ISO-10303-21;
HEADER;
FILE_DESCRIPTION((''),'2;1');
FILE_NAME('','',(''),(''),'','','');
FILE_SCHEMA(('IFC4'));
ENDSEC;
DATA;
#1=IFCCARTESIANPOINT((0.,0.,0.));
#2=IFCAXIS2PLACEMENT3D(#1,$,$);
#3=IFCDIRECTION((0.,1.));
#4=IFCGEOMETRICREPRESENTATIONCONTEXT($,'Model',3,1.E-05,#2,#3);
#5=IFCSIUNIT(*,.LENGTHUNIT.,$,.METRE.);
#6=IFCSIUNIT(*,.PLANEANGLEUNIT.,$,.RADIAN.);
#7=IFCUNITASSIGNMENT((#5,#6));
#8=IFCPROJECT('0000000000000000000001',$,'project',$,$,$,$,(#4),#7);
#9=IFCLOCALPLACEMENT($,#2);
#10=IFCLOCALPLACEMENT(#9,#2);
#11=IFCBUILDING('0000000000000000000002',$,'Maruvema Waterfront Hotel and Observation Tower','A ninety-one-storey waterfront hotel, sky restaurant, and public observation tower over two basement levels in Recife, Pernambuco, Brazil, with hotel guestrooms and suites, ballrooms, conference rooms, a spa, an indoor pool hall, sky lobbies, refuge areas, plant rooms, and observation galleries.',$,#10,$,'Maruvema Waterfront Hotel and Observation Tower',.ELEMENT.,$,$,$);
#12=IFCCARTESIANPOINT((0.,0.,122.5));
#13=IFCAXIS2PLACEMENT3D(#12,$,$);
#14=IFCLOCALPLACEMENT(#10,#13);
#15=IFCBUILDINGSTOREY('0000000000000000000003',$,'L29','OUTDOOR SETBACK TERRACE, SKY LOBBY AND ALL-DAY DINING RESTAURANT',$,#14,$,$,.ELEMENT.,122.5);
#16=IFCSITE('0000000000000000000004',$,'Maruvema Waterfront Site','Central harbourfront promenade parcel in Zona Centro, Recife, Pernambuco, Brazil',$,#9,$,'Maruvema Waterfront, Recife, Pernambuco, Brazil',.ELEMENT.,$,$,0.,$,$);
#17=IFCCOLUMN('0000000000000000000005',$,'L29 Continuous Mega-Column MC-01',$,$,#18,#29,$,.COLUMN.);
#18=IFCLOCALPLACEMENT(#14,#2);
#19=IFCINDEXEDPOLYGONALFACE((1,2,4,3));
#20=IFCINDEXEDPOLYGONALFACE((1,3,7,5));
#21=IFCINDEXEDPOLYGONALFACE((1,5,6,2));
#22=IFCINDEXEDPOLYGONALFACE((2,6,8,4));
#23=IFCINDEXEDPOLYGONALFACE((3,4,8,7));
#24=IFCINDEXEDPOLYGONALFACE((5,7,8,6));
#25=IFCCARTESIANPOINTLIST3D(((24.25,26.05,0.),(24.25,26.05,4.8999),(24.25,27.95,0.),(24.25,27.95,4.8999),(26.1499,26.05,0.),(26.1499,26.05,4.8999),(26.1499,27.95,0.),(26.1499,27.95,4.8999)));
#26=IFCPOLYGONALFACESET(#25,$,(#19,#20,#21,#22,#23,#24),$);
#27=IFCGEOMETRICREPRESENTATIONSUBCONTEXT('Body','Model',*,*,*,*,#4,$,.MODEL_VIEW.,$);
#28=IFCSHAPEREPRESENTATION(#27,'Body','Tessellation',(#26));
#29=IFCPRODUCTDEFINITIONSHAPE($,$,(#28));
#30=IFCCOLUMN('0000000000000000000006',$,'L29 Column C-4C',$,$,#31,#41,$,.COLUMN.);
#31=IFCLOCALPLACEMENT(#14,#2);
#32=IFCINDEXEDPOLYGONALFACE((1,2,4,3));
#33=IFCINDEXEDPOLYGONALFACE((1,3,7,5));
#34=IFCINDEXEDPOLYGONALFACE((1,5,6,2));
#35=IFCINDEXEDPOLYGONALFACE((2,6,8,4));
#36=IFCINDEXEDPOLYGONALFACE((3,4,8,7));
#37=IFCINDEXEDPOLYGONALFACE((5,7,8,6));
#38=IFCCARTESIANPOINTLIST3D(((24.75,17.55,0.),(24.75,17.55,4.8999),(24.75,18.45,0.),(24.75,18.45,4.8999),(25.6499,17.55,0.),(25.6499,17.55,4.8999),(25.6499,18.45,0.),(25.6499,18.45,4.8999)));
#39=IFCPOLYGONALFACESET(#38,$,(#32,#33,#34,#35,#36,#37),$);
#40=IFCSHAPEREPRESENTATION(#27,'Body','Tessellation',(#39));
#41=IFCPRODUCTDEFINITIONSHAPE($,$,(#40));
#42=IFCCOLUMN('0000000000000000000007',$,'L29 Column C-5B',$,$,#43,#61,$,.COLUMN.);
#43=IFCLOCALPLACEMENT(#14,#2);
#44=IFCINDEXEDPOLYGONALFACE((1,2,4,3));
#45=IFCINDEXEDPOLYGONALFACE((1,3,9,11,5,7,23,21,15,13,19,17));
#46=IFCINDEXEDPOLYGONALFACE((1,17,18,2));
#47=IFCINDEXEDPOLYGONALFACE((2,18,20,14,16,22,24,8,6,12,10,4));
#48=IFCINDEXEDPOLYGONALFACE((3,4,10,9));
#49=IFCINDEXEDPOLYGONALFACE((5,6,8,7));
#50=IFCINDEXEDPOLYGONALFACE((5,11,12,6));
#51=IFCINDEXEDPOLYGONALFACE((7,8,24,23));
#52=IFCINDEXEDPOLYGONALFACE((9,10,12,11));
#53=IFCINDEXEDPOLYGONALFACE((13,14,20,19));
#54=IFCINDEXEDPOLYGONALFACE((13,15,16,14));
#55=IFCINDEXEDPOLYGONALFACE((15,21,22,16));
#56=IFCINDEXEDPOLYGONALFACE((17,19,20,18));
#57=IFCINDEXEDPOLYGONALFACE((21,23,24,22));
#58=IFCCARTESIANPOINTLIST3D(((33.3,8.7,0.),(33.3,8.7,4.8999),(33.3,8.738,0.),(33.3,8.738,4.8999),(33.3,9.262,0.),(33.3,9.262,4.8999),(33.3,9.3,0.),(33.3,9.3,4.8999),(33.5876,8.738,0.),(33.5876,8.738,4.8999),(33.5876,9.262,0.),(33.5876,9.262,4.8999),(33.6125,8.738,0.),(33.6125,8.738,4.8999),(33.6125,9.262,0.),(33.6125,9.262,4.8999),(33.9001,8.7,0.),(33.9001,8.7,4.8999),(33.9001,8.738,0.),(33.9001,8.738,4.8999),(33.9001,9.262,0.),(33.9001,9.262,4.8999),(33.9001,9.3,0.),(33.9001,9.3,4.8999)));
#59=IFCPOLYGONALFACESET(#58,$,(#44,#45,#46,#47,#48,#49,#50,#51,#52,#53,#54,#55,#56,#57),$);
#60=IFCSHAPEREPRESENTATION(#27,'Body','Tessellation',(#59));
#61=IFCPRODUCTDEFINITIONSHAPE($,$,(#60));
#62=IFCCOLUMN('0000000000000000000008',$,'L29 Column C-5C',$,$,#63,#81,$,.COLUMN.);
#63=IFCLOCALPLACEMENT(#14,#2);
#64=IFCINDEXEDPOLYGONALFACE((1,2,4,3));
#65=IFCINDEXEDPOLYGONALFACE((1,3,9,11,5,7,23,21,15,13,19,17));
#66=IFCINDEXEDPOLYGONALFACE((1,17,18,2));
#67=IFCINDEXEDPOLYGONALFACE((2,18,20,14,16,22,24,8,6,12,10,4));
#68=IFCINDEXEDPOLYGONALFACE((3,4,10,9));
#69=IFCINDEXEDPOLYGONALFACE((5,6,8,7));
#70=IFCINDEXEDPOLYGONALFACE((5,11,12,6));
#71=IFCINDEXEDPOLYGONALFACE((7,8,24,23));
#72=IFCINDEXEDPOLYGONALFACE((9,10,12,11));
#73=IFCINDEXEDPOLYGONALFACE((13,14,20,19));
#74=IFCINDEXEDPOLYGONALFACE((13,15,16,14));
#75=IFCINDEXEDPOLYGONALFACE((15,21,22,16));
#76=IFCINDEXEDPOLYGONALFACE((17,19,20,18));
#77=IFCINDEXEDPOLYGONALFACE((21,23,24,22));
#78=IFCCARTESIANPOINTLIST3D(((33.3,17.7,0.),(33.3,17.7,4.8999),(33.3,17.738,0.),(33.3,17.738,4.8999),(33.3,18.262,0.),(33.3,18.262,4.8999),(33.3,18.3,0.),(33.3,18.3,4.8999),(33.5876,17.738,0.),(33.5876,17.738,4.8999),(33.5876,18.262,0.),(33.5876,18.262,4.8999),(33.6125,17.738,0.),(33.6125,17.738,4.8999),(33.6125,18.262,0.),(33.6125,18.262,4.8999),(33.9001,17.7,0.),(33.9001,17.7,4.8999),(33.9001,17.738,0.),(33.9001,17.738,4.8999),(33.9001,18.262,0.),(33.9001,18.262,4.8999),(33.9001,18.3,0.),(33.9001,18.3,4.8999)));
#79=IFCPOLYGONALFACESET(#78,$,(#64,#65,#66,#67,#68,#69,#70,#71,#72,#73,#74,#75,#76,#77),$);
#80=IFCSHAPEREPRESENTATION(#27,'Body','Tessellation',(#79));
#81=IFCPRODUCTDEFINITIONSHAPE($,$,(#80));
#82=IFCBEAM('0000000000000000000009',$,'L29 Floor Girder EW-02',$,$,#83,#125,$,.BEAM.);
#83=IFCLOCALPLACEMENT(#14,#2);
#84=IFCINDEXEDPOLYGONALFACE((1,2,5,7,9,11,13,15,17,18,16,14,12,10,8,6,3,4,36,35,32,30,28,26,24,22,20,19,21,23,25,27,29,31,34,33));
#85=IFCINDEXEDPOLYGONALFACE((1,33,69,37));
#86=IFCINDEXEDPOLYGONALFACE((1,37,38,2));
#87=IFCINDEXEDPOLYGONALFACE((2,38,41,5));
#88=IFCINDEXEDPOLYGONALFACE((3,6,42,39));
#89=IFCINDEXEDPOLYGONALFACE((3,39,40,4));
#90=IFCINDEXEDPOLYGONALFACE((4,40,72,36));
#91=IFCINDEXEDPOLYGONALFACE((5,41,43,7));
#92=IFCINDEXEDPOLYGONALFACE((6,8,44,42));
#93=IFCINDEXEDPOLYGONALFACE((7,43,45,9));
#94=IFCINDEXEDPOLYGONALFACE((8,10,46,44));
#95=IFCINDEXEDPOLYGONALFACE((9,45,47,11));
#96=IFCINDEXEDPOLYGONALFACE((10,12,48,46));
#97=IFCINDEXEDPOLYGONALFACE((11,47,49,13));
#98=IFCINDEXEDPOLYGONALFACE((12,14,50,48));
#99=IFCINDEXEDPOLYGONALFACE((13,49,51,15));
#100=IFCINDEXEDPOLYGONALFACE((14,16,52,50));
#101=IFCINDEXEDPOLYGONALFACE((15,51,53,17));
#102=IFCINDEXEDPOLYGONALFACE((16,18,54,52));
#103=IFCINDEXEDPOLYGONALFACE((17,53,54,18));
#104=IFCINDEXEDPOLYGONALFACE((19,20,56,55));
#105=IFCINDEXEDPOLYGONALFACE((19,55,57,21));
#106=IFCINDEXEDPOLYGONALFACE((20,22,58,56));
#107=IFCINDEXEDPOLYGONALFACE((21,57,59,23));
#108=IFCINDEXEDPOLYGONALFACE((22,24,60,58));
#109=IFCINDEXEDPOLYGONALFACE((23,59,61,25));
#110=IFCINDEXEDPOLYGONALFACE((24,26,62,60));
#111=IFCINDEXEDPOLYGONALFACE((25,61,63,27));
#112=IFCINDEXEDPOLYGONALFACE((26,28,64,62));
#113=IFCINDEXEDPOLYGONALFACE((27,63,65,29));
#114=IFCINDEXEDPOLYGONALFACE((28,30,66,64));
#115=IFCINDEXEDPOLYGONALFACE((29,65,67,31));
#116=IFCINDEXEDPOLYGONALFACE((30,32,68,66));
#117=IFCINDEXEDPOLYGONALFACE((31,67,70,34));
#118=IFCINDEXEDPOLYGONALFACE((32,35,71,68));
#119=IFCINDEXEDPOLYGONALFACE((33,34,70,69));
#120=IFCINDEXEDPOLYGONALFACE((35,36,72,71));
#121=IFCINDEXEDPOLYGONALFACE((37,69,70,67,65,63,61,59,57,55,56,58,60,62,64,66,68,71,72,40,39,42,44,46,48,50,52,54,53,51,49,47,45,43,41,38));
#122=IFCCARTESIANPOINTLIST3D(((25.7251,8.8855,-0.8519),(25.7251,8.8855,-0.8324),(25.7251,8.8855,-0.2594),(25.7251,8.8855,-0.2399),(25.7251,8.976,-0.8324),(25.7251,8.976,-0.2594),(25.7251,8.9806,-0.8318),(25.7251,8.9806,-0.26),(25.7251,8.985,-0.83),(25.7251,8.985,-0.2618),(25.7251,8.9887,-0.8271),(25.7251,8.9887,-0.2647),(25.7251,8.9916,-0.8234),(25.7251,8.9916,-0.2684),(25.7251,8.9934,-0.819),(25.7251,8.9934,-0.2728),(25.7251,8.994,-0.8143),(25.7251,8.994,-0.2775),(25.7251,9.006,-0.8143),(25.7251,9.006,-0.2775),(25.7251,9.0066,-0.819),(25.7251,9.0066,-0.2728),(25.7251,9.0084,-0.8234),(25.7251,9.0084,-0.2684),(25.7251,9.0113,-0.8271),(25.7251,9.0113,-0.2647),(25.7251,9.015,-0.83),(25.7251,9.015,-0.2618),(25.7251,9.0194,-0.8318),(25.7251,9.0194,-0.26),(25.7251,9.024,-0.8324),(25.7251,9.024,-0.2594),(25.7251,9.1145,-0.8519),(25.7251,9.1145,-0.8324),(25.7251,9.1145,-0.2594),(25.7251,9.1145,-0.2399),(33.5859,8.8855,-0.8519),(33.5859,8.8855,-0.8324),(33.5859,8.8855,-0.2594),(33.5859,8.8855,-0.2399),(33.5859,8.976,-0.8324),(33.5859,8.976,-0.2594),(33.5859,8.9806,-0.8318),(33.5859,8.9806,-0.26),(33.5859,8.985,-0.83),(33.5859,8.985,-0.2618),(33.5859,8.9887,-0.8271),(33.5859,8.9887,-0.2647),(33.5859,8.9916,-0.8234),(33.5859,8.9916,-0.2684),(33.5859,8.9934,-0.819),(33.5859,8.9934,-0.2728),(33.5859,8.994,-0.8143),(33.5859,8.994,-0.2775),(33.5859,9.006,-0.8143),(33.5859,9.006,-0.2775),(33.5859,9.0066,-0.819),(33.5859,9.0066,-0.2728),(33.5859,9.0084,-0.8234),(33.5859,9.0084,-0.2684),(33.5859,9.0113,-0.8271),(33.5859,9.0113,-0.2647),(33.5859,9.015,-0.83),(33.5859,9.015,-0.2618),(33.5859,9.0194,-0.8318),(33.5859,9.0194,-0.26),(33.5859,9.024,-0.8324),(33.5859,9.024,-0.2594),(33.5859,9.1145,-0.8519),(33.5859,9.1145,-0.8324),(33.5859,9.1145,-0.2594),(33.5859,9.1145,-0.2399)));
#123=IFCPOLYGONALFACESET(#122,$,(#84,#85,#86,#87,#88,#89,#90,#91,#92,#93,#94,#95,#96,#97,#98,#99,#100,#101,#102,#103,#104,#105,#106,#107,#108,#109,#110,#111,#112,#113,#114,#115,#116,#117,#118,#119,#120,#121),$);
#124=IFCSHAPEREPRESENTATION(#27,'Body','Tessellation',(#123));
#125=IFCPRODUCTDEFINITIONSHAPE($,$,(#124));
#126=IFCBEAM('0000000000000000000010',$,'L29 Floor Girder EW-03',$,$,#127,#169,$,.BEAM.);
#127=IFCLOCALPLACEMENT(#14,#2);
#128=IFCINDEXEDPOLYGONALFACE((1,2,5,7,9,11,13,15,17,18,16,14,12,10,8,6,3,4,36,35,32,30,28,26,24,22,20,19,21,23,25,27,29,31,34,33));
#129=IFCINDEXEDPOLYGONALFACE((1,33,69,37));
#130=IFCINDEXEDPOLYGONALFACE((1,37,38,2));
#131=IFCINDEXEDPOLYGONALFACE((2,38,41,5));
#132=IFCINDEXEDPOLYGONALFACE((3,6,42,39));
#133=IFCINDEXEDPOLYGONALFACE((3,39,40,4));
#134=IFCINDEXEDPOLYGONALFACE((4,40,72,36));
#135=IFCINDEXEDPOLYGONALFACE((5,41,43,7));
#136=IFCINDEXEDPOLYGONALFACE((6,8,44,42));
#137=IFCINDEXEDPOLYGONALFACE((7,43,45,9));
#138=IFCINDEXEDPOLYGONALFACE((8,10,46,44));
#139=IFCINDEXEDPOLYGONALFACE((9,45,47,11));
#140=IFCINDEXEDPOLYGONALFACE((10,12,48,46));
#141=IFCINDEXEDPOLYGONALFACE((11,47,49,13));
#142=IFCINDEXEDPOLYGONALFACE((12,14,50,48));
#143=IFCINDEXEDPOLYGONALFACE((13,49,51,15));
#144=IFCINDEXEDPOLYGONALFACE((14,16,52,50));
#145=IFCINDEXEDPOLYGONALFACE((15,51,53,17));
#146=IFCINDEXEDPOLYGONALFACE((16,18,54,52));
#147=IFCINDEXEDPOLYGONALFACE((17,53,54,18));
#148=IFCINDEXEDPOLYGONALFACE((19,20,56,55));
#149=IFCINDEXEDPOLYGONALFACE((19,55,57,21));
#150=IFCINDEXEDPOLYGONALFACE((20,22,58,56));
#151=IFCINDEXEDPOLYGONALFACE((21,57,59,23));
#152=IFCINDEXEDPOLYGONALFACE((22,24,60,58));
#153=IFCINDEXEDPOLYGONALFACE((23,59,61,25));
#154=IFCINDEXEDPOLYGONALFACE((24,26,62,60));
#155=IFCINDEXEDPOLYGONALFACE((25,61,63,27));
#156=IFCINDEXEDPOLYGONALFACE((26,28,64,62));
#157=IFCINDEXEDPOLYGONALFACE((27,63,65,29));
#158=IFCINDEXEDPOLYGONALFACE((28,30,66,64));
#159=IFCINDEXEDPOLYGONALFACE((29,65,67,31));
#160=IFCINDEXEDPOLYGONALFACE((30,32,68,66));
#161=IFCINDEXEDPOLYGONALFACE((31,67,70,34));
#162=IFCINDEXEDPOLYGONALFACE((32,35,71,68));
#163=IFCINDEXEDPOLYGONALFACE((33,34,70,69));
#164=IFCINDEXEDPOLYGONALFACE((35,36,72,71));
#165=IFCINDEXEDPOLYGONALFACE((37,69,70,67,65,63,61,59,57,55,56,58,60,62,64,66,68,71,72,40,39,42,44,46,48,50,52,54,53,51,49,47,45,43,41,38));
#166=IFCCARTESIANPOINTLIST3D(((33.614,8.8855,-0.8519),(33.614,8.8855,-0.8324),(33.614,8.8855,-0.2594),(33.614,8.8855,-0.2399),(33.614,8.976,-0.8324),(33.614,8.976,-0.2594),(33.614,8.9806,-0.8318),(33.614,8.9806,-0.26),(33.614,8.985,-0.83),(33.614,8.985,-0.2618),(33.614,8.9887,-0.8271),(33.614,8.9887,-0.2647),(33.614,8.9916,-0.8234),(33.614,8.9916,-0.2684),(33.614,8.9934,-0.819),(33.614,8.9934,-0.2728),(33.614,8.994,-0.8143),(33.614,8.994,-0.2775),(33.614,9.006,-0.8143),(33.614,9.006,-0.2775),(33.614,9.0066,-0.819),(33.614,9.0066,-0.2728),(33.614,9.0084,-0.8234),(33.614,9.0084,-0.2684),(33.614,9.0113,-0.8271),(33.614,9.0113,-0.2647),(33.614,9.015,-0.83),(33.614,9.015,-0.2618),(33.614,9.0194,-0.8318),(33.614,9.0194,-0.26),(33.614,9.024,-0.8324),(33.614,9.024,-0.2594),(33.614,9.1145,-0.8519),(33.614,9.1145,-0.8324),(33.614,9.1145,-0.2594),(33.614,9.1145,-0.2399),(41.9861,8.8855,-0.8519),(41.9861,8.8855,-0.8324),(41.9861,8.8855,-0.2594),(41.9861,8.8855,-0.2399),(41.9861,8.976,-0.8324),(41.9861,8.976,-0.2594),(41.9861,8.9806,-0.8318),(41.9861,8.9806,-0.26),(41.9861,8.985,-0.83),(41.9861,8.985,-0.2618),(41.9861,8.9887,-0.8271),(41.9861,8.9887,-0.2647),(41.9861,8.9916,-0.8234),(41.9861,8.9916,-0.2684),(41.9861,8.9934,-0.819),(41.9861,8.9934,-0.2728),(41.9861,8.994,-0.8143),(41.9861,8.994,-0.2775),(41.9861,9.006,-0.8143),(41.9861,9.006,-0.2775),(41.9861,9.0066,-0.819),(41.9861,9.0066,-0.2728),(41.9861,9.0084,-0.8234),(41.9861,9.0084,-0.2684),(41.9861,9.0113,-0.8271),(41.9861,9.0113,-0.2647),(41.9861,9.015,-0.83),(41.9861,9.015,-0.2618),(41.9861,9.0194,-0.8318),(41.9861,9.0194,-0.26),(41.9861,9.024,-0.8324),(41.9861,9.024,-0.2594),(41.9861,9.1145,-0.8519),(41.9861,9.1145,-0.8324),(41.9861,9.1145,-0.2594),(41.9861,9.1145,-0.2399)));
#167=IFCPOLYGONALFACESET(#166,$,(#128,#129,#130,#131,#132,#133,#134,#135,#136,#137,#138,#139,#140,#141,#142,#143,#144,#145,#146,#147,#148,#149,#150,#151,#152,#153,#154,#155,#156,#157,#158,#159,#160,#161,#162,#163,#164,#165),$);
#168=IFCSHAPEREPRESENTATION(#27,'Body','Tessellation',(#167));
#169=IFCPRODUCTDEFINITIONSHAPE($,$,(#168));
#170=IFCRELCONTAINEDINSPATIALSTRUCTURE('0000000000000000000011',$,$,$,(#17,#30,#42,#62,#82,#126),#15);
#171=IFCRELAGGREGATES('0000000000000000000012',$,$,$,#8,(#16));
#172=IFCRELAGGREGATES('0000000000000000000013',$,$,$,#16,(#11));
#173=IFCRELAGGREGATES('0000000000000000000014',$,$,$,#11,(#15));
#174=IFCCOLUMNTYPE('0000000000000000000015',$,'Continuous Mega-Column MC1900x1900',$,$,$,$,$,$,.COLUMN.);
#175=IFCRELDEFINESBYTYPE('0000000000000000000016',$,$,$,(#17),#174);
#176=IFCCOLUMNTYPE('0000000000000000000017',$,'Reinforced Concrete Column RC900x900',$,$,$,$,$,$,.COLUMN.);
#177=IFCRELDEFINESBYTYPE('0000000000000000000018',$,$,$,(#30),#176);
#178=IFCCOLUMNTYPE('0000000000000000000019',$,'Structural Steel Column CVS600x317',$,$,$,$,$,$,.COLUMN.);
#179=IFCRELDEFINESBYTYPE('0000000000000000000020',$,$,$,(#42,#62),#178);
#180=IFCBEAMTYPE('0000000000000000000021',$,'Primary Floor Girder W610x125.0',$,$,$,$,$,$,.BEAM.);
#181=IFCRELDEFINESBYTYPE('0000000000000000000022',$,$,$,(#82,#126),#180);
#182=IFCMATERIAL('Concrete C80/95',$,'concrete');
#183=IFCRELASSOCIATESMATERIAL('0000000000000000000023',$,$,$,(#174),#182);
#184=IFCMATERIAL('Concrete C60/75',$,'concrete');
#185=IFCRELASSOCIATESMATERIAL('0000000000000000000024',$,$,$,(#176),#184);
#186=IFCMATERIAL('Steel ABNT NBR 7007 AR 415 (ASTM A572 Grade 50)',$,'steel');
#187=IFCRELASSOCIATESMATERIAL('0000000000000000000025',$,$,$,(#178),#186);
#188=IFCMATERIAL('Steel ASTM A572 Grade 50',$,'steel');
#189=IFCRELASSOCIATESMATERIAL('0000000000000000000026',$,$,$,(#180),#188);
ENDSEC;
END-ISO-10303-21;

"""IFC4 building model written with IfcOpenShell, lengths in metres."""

from ifc_helpers import new_model, si_unit, direction, frame, origin, origin_2d, place, context, subcontext, project, spatial, rectangle, i_section, extrude, material, material_profile, profile_set, type_object, element, save


model = new_model("IFC4")

# Units and contexts
model_context = context("Model", 3, precision=1e-05, world=origin(), true_north=direction((0.0, 1.0)))
body_context = subcontext(model_context, "Body", "Model", "MODEL_VIEW")
ifc_project = project(units=[si_unit("LENGTHUNIT", "METRE"), si_unit("PLANEANGLEUNIT", "RADIAN")], contexts=[model_context])

# Site, building, storey
site_placement = place(None, origin())
site = spatial("IfcSite", under=ifc_project, at=site_placement, Name="Maruvema Waterfront Site", Description="Central harbourfront promenade parcel in Zona Centro, Recife, Pernambuco, Brazil", LongName="Maruvema Waterfront, Recife, Pernambuco, Brazil", CompositionType="ELEMENT", RefElevation=0.0)
building_placement = place(site_placement, origin())
building = spatial("IfcBuilding", under=site, at=building_placement, Name="Maruvema Waterfront Hotel and Observation Tower", Description="A ninety-one-storey waterfront hotel, sky restaurant, and public observation tower over two basement levels in Recife, Pernambuco, Brazil, with hotel guestrooms and suites, ballrooms, conference rooms, a spa, an indoor pool hall, sky lobbies, refuge areas, plant rooms, and observation galleries.", LongName="Maruvema Waterfront Hotel and Observation Tower", CompositionType="ELEMENT")
storey_placement = place(building_placement, frame((0.0, 0.0, 122.5)))
storey = spatial("IfcBuildingStorey", under=building, at=storey_placement, Name="L29", Description="OUTDOOR SETBACK TERRACE, SKY LOBBY AND ALL-DAY DINING RESTAURANT", CompositionType="ELEMENT", Elevation=122.5)

# Columns
ifc_material_1 = material(Name="Concrete C80/95", Category="concrete")
ifc_material_profile_1 = material_profile(ifc_material_1, rectangle(XDim=1.8999, YDim=1.8999, at=origin_2d()), Name="MC1900x1900")
ifc_profile_set_1 = profile_set([ifc_material_profile_1], Name="Concrete C80/95")
column_type_1 = type_object("IfcColumnType", Name="Continuous Mega-Column MC1900x1900", PredefinedType="COLUMN", material=ifc_profile_set_1)
column_1_placement = place(storey_placement, frame((25.2, 27.0, 0.0), z_axis=(0.0, 0.0, 1.0), x_axis=(1.0, 0.0, 0.0)))
element("IfcColumn", 1, at=column_1_placement, inside=storey, type_object=column_type_1, Name="L29 Continuous Mega-Column MC-01", PredefinedType="COLUMN", context=body_context, shape_type="SweptSolid", body=[
    extrude(rectangle(XDim=1.8999, YDim=1.8999, at=origin_2d()), origin(), (0.0, 0.0, 1.0), 4.8999),
])
ifc_material_2 = material(Name="Concrete C60/75", Category="concrete")
ifc_material_profile_2 = material_profile(ifc_material_2, rectangle(XDim=0.8999, YDim=0.8999, at=origin_2d()), Name="RC900x900")
ifc_profile_set_2 = profile_set([ifc_material_profile_2], Name="Concrete C60/75")
column_type_2 = type_object("IfcColumnType", Name="Reinforced Concrete Column RC900x900", PredefinedType="COLUMN", material=ifc_profile_set_2)
column_2_placement = place(storey_placement, frame((25.2, 18.0, 0.0), z_axis=(0.0, 0.0, 1.0), x_axis=(1.0, 0.0, 0.0)))
element("IfcColumn", 2, at=column_2_placement, inside=storey, type_object=column_type_2, Name="L29 Column C-4C", PredefinedType="COLUMN", context=body_context, shape_type="SweptSolid", body=[
    extrude(rectangle(XDim=0.8999, YDim=0.8999, at=origin_2d()), origin(), (0.0, 0.0, 1.0), 4.8999),
])
ifc_material_3 = material(Name="Steel ABNT NBR 7007 AR 415 (ASTM A572 Grade 50)", Category="steel")
ifc_material_profile_3 = material_profile(ifc_material_3, i_section(OverallWidth=0.6001, OverallDepth=0.6001, WebThickness=0.0249, FlangeThickness=0.0381, at=origin_2d()), Name="CVS600x317")
ifc_profile_set_3 = profile_set([ifc_material_profile_3], Name="Steel ABNT NBR 7007 AR 415 (ASTM A572 Grade 50)")
column_type_3 = type_object("IfcColumnType", Name="Structural Steel Column CVS600x317", PredefinedType="COLUMN", material=ifc_profile_set_3)
for number, where, z_axis, x_axis, name in (
    (3, (33.6001, 9.0, 0.0), (0.0, 0.0, 1.0), (1.0, 0.0, 0.0), "L29 Column C-5B"),
    (4, (33.6001, 18.0, 0.0), (0.0, 0.0, 1.0), (1.0, 0.0, 0.0), "L29 Column C-5C"),
):
    element("IfcColumn", number, at=place(storey_placement, frame(where, z_axis=z_axis, x_axis=x_axis)), inside=storey, type_object=column_type_3, Name=name, PredefinedType="COLUMN", context=body_context, shape_type="SweptSolid", body=[
        extrude(i_section(OverallWidth=0.6001, OverallDepth=0.6001, WebThickness=0.0249, FlangeThickness=0.0381, at=origin_2d()), origin(), (0.0, 0.0, 1.0), 4.8999),
    ])

# Beams
ifc_material_4 = material(Name="Steel ASTM A572 Grade 50", Category="steel")
ifc_material_profile_4 = material_profile(ifc_material_4, i_section(OverallWidth=0.229, OverallDepth=0.6121, WebThickness=0.012, FlangeThickness=0.0195, FilletRadius=0.0181, at=origin_2d()), Name="W610x125.0")
ifc_profile_set_4 = profile_set([ifc_material_profile_4], Name="Steel ASTM A572 Grade 50")
beam_type_1 = type_object("IfcBeamType", Name="Primary Floor Girder W610x125.0", PredefinedType="BEAM", material=ifc_profile_set_4)
beam_1_placement = place(storey_placement, frame((25.7251, 9.0, -0.5459), z_axis=(1.0, 0.0, 0.0), x_axis=(0.0, 1.0, 0.0)))
element("IfcBeam", 5, at=beam_1_placement, inside=storey, type_object=beam_type_1, Name="L29 Floor Girder EW-02", PredefinedType="BEAM", context=body_context, shape_type="SweptSolid", body=[
    extrude(i_section(OverallWidth=0.229, OverallDepth=0.6121, WebThickness=0.012, FlangeThickness=0.0195, FilletRadius=0.0181, at=origin_2d()), origin(), (0.0, 0.0, 1.0), 7.8608),
])
beam_2_placement = place(storey_placement, frame((33.614, 9.0, -0.5459), z_axis=(1.0, 0.0, 0.0), x_axis=(0.0, 1.0, 0.0)))
element("IfcBeam", 6, at=beam_2_placement, inside=storey, type_object=beam_type_1, Name="L29 Floor Girder EW-03", PredefinedType="BEAM", context=body_context, shape_type="SweptSolid", body=[
    extrude(i_section(OverallWidth=0.229, OverallDepth=0.6121, WebThickness=0.012, FlangeThickness=0.0195, FilletRadius=0.0181, at=origin_2d()), origin(), (0.0, 0.0, 1.0), 8.3721),
])

save(model, "model.ifc")
